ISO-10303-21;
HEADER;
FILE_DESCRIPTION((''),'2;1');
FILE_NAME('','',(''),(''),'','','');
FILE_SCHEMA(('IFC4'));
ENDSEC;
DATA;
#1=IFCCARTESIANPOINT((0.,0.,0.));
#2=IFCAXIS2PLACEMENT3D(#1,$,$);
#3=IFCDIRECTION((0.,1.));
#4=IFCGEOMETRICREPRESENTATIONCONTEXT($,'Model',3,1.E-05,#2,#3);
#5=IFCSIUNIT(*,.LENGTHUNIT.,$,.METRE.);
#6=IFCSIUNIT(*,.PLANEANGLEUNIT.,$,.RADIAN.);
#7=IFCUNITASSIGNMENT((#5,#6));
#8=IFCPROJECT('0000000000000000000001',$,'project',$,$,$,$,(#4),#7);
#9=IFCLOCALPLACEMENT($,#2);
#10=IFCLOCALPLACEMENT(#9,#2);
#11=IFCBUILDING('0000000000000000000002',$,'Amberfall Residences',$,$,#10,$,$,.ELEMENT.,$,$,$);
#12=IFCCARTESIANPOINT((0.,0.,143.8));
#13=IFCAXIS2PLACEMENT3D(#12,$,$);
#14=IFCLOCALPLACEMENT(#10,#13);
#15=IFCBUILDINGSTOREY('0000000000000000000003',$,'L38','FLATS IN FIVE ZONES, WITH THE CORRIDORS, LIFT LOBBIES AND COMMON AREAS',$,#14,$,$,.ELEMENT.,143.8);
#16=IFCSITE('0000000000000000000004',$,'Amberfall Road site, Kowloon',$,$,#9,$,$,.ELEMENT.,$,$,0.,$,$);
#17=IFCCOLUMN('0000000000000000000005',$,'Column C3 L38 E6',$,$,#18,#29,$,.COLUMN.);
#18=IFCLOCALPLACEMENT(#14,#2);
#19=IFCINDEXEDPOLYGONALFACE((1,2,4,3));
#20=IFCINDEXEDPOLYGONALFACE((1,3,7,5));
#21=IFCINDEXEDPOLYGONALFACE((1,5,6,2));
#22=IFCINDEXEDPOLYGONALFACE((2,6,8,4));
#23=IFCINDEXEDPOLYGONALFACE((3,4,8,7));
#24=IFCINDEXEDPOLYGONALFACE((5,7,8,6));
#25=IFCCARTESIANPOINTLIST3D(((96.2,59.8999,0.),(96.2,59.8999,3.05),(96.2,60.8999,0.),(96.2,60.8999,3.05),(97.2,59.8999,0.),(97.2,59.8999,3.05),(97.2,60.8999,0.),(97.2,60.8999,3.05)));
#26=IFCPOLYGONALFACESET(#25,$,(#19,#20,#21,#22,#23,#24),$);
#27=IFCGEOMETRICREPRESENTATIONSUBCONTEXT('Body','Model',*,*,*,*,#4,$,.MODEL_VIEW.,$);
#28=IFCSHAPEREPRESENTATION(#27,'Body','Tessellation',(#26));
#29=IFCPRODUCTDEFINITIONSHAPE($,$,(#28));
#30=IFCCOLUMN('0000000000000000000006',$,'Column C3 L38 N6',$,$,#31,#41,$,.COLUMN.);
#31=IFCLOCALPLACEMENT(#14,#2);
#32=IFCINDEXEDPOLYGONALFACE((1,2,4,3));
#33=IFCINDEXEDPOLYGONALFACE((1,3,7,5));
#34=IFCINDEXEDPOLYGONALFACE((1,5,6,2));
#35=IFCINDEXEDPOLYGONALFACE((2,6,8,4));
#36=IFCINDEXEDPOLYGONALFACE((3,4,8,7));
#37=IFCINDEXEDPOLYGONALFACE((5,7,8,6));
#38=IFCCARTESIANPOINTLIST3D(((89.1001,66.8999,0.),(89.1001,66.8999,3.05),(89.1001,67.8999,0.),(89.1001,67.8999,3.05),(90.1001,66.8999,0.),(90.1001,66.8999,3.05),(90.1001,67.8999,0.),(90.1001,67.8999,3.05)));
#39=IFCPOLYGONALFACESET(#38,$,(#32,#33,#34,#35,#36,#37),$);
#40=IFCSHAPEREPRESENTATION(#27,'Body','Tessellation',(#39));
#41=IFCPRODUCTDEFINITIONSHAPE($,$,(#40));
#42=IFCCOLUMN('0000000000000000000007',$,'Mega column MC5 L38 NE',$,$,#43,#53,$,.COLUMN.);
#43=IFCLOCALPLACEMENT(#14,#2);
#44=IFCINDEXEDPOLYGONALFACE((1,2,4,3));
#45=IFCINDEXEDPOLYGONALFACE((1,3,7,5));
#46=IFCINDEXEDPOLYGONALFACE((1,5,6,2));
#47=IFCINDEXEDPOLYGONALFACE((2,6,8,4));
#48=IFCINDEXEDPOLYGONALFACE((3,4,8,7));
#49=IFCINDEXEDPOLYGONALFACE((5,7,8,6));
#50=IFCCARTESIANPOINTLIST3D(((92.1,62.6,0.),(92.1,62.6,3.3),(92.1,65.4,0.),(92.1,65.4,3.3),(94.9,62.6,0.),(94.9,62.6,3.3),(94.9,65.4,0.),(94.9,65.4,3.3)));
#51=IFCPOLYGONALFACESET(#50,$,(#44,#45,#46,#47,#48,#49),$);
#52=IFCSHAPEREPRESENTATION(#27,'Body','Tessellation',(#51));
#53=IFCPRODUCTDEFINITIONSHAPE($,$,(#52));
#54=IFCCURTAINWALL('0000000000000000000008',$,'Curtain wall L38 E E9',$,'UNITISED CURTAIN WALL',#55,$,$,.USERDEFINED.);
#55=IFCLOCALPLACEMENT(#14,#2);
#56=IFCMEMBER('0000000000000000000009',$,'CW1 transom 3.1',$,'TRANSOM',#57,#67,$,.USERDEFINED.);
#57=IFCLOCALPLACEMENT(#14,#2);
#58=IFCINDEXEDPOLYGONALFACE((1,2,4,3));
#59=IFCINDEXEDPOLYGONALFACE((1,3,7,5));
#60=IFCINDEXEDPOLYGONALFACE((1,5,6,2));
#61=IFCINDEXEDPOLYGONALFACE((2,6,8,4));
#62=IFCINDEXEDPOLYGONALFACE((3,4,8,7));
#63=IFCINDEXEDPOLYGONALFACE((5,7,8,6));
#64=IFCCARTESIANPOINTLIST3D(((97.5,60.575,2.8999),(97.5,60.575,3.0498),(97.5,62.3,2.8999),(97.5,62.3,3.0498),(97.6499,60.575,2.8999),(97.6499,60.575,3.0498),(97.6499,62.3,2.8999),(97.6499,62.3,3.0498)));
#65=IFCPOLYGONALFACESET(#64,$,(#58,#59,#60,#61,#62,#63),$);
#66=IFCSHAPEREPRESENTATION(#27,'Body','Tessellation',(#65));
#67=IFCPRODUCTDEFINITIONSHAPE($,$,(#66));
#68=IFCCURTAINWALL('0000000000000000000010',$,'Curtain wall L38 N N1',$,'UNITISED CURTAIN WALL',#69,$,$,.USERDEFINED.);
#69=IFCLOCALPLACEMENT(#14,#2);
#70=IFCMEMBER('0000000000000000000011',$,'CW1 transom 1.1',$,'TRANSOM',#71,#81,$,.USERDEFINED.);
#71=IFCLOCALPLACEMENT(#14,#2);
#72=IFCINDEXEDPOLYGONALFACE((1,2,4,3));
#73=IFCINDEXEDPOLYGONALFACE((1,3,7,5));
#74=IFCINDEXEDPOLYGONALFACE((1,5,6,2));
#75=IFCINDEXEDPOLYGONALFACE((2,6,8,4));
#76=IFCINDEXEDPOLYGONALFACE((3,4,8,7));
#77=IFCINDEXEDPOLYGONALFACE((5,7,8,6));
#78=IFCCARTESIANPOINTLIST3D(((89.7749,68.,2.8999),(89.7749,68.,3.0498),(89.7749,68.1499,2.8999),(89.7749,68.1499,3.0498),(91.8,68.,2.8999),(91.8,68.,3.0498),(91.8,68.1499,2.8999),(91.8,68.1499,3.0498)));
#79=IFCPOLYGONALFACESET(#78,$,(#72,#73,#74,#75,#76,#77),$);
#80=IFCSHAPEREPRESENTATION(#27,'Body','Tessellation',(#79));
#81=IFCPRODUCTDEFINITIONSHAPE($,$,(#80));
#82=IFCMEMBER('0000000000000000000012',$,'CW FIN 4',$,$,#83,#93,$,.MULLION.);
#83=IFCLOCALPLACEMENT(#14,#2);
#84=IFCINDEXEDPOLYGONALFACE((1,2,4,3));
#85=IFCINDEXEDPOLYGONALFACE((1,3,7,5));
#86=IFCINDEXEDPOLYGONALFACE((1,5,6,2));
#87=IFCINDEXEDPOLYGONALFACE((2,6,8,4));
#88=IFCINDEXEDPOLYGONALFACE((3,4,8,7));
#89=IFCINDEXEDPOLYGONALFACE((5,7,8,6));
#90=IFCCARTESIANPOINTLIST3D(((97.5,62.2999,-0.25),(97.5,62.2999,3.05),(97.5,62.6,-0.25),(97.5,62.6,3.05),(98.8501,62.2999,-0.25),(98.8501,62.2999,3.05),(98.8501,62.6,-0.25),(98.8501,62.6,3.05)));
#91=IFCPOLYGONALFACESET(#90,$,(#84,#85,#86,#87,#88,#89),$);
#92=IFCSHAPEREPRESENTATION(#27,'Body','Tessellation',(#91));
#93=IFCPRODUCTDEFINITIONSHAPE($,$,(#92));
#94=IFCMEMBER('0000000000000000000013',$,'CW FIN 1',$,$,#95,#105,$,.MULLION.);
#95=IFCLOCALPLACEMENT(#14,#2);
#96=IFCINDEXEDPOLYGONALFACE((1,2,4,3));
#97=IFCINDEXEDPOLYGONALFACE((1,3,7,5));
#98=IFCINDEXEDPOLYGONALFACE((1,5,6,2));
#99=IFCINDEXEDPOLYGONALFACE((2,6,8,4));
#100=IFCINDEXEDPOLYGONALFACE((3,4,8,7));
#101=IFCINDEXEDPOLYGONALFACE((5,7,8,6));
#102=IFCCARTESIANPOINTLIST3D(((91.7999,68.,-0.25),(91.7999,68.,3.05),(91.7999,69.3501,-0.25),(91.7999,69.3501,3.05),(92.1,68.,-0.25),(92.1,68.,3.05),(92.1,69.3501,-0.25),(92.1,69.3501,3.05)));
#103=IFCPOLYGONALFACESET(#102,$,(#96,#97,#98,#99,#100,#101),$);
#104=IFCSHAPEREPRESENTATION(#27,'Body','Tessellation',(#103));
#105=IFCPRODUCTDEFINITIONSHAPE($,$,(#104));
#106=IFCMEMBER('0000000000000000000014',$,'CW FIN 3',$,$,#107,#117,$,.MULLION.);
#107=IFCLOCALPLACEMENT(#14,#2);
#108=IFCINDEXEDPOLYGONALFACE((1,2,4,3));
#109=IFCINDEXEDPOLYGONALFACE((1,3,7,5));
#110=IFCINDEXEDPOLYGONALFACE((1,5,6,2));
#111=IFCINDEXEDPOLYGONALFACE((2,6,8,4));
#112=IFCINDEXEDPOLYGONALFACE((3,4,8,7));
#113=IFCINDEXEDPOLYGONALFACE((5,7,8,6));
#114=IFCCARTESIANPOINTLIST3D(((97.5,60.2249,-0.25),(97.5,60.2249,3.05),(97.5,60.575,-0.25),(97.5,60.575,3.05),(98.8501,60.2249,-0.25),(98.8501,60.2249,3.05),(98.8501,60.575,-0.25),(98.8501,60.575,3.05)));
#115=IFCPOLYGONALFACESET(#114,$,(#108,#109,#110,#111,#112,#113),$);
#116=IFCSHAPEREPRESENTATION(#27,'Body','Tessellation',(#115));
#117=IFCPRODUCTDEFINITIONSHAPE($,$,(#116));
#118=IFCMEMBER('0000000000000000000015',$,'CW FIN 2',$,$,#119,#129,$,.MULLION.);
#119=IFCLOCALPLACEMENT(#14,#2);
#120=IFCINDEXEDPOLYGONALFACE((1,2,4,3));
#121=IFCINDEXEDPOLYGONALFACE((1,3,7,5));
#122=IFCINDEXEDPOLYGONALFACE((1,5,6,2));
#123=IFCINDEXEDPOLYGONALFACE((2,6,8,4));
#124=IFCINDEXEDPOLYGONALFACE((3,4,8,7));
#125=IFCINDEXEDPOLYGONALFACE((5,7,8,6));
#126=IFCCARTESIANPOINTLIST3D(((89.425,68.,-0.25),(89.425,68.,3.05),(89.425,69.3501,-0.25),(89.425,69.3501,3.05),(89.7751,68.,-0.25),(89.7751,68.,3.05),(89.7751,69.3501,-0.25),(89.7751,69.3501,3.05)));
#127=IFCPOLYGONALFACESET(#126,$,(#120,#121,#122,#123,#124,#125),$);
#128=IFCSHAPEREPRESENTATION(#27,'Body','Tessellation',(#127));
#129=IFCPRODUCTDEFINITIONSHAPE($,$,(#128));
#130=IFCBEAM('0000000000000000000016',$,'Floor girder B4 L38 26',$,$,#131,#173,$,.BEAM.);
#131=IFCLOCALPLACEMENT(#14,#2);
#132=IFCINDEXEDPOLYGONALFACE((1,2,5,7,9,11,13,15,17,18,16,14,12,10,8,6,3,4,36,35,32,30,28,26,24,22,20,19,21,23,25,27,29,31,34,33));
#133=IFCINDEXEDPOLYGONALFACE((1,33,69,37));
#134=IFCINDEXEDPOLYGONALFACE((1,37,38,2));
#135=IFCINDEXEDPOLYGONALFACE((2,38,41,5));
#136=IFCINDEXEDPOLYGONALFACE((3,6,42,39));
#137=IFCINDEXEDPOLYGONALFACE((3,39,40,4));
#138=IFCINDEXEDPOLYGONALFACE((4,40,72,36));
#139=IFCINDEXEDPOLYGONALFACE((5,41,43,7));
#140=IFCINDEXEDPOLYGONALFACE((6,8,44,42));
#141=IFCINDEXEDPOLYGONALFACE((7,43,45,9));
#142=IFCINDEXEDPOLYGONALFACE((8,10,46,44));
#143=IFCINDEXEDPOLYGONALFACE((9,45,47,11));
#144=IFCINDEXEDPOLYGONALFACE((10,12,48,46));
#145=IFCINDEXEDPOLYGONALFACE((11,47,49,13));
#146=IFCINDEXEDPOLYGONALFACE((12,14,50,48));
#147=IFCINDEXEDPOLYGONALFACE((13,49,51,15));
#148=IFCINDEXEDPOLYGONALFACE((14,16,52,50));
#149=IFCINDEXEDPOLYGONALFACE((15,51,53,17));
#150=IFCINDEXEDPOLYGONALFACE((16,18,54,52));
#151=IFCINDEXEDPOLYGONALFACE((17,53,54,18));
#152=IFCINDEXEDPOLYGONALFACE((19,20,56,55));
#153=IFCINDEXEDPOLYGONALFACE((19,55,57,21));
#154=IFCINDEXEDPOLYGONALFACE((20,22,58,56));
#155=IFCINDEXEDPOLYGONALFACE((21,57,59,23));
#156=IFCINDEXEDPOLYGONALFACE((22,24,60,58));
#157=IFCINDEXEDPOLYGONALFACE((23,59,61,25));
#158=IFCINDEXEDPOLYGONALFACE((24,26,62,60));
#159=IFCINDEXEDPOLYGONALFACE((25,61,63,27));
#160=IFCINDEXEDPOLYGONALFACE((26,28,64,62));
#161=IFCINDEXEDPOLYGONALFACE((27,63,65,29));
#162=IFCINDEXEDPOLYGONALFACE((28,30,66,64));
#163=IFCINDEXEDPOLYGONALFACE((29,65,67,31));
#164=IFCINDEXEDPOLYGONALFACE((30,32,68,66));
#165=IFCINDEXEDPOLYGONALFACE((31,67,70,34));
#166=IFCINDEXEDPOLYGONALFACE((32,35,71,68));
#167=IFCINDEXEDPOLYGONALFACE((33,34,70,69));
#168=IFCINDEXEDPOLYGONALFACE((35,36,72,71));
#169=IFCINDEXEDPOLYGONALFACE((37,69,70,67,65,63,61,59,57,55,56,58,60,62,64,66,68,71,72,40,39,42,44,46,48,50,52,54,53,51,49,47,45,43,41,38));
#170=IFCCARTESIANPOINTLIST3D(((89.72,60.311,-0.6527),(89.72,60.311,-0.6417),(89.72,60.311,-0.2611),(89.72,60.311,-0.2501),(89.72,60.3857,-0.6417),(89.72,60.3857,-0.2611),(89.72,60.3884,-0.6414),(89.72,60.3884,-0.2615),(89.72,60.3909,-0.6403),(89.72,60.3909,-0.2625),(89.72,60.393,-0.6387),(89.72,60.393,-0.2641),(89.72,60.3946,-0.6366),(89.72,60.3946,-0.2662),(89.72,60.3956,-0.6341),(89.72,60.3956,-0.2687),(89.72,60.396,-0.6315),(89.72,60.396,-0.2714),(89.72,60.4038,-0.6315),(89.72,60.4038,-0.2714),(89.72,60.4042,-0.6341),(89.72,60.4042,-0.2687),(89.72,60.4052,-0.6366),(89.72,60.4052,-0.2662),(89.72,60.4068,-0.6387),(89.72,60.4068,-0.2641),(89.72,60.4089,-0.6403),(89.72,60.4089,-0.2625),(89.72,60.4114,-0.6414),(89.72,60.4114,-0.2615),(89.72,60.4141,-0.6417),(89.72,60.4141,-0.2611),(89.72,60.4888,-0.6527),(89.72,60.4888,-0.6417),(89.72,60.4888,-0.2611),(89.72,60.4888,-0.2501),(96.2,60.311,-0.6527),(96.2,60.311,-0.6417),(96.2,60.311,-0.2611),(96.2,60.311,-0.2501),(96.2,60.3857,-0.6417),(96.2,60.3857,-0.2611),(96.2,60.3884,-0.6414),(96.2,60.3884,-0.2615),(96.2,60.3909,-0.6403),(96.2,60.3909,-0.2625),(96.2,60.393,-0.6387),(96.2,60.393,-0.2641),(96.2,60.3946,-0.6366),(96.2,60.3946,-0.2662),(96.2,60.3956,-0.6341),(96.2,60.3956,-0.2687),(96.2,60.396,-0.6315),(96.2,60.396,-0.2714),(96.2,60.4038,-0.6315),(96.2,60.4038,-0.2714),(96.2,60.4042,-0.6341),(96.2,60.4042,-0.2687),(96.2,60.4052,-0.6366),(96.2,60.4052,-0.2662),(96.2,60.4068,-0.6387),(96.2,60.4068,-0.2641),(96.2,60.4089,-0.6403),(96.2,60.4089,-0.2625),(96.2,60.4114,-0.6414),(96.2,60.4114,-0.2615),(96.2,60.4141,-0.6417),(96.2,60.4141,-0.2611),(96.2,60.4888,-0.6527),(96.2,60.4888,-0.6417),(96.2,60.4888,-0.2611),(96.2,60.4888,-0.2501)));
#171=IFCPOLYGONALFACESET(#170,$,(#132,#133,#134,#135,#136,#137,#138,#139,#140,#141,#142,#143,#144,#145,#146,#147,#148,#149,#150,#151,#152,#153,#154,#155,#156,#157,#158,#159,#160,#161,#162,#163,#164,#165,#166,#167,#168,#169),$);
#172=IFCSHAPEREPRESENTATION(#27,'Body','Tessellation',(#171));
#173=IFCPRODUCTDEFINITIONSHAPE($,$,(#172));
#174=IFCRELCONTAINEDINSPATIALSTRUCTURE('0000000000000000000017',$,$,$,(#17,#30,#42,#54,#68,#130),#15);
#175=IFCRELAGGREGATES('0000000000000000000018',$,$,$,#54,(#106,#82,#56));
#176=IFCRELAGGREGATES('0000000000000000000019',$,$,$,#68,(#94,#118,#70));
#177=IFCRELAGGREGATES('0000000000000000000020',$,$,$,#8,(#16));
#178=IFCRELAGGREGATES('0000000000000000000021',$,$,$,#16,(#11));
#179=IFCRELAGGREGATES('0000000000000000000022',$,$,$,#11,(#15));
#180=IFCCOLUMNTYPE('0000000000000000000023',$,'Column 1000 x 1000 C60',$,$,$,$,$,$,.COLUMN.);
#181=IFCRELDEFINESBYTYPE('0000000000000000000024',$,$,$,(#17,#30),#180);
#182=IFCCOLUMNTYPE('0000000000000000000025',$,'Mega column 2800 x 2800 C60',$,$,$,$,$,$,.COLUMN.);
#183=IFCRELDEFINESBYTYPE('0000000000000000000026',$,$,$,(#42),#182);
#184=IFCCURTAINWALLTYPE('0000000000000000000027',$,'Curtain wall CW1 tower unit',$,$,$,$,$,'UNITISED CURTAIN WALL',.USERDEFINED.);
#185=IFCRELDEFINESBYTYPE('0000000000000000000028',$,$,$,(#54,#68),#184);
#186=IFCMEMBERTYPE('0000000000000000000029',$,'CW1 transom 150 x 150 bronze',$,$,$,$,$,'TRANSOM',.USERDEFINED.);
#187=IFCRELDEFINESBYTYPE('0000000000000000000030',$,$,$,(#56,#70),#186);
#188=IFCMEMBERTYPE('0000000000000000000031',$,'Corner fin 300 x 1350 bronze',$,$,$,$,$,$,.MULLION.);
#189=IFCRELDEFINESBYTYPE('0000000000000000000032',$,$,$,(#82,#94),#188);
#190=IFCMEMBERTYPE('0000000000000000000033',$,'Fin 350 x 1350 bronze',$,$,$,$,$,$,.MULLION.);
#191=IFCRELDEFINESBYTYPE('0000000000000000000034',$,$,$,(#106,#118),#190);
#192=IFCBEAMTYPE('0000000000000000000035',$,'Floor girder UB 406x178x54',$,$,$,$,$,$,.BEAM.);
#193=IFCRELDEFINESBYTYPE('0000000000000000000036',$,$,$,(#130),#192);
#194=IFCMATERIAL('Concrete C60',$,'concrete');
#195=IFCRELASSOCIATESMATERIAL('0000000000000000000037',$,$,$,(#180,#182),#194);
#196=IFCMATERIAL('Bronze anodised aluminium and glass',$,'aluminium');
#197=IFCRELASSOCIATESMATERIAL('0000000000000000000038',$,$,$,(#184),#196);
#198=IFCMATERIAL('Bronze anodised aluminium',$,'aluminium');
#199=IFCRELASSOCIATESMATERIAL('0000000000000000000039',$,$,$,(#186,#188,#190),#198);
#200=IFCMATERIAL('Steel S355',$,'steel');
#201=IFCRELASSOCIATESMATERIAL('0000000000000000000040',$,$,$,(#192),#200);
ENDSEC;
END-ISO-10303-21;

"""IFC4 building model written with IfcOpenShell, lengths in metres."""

from ifc_helpers import new_model, si_unit, direction, frame, origin, origin_2d, place, context, subcontext, project, spatial, rectangle, i_section, extrude, material, material_profile, profile_set, type_object, element, aggregate, save


model = new_model("IFC4")

# Units and contexts
model_context = context("Model", 3, precision=1e-05, world=origin(), true_north=direction((0.0, 1.0)))
body_context = subcontext(model_context, "Body", "Model", "MODEL_VIEW")
ifc_project = project(units=[si_unit("LENGTHUNIT", "METRE"), si_unit("PLANEANGLEUNIT", "RADIAN")], contexts=[model_context])

# Site, building, storey
site_placement = place(None, origin())
site = spatial("IfcSite", under=ifc_project, at=site_placement, Name="Amberfall Road site, Kowloon", CompositionType="ELEMENT", RefElevation=0.0)
building_placement = place(site_placement, origin())
building = spatial("IfcBuilding", under=site, at=building_placement, Name="Amberfall Residences", CompositionType="ELEMENT")
storey_placement = place(building_placement, frame((0.0, 0.0, 143.8)))
storey = spatial("IfcBuildingStorey", under=building, at=storey_placement, Name="L38", Description="FLATS IN FIVE ZONES, WITH THE CORRIDORS, LIFT LOBBIES AND COMMON AREAS", CompositionType="ELEMENT", Elevation=143.8)

# Columns
ifc_material_1 = material(Name="Concrete C60", Category="concrete")
ifc_material_profile_1 = material_profile(ifc_material_1, rectangle(XDim=1.0, YDim=1.0, at=origin_2d()), Name="Column 1000 x 1000 C60")
ifc_profile_set_1 = profile_set([ifc_material_profile_1], Name="Concrete C60")
column_type_1 = type_object("IfcColumnType", Name="Column 1000 x 1000 C60", PredefinedType="COLUMN", material=ifc_profile_set_1)
for number, where, z_axis, x_axis, name in (
    (1, (96.7, 60.3999, 0.0), (0.0, 0.0, 1.0), (1.0, 0.0, 0.0), "Column C3 L38 E6"),
    (2, (89.6001, 67.3999, 0.0), (0.0, 0.0, 1.0), (1.0, 0.0, 0.0), "Column C3 L38 N6"),
):
    element("IfcColumn", number, at=place(storey_placement, frame(where, z_axis=z_axis, x_axis=x_axis)), inside=storey, type_object=column_type_1, Name=name, PredefinedType="COLUMN", context=body_context, shape_type="SweptSolid", body=[
        extrude(rectangle(XDim=1.0, YDim=1.0, at=origin_2d()), origin(), (0.0, 0.0, 1.0), 3.05),
    ])
ifc_material_profile_2 = material_profile(ifc_material_1, rectangle(XDim=2.8, YDim=2.8, at=origin_2d()), Name="Mega column 2800 x 2800 C60")
ifc_profile_set_2 = profile_set([ifc_material_profile_2], Name="Concrete C60")
column_type_2 = type_object("IfcColumnType", Name="Mega column 2800 x 2800 C60", PredefinedType="COLUMN", material=ifc_profile_set_2)
column_placement = place(storey_placement, frame((93.5, 64.0, 0.0), z_axis=(0.0, 0.0, 1.0), x_axis=(1.0, 0.0, 0.0)))
element("IfcColumn", 3, at=column_placement, inside=storey, type_object=column_type_2, Name="Mega column MC5 L38 NE", PredefinedType="COLUMN", context=body_context, shape_type="SweptSolid", body=[
    extrude(rectangle(XDim=2.8, YDim=2.8, at=origin_2d()), origin(), (0.0, 0.0, 1.0), 3.3),
])

# Curtain walls, members
ifc_material_2 = material(Name="Bronze anodised aluminium and glass", Category="aluminium")
curtain_wall_type = type_object("IfcCurtainWallType", Name="Curtain wall CW1 tower unit", ElementType="UNITISED CURTAIN WALL", PredefinedType="USERDEFINED", material=ifc_material_2)
curtain_wall_1_placement = place(storey_placement, origin())
curtain_wall_1 = element("IfcCurtainWall", 4, at=curtain_wall_1_placement, inside=storey, type_object=curtain_wall_type, Name="Curtain wall L38 E E9", ObjectType="UNITISED CURTAIN WALL", PredefinedType="USERDEFINED")
ifc_material_3 = material(Name="Bronze anodised aluminium", Category="aluminium")
ifc_material_profile_3 = material_profile(ifc_material_3, rectangle(XDim=0.1499, YDim=0.1499, at=origin_2d()), Name="CW1 transom 150 x 150 bronze")
ifc_profile_set_3 = profile_set([ifc_material_profile_3], Name="Bronze anodised aluminium")
member_type_1 = type_object("IfcMemberType", Name="CW1 transom 150 x 150 bronze", ElementType="TRANSOM", PredefinedType="USERDEFINED", material=ifc_profile_set_3)
member_1_placement = place(storey_placement, frame((97.575, 60.575, 2.9749), z_axis=(0.0, 1.0, 0.0), x_axis=(-1.0, 0.0, 0.0)))
member_1 = element("IfcMember", 5, at=member_1_placement, type_object=member_type_1, Name="CW1 transom 3.1", ObjectType="TRANSOM", PredefinedType="USERDEFINED", context=body_context, shape_type="SweptSolid", body=[
    extrude(rectangle(XDim=0.1499, YDim=0.1499, at=origin_2d()), origin(), (0.0, 0.0, 1.0), 1.7251),
])
curtain_wall_2_placement = place(storey_placement, origin())
curtain_wall_2 = element("IfcCurtainWall", 6, at=curtain_wall_2_placement, inside=storey, type_object=curtain_wall_type, Name="Curtain wall L38 N N1", ObjectType="UNITISED CURTAIN WALL", PredefinedType="USERDEFINED")
member_2_placement = place(storey_placement, frame((91.8, 68.075, 2.9749), z_axis=(-1.0, 0.0, 0.0), x_axis=(0.0, -1.0, 0.0)))
member_2 = element("IfcMember", 7, at=member_2_placement, type_object=member_type_1, Name="CW1 transom 1.1", ObjectType="TRANSOM", PredefinedType="USERDEFINED", context=body_context, shape_type="SweptSolid", body=[
    extrude(rectangle(XDim=0.1499, YDim=0.1499, at=origin_2d()), origin(), (0.0, 0.0, 1.0), 2.0251),
])

# Members
ifc_material_profile_4 = material_profile(ifc_material_3, rectangle(XDim=1.3501, YDim=0.3, at=origin_2d()), Name="Corner fin 300 x 1350 bronze")
ifc_profile_set_4 = profile_set([ifc_material_profile_4], Name="Bronze anodised aluminium")
member_type_2 = type_object("IfcMemberType", Name="Corner fin 300 x 1350 bronze", PredefinedType="MULLION", material=ifc_profile_set_4)
member_3_placement = place(storey_placement, frame((98.175, 62.45, -0.25), z_axis=(0.0, 0.0, 1.0), x_axis=(-1.0, 0.0, 0.0)))
member_3 = element("IfcMember", 8, at=member_3_placement, type_object=member_type_2, Name="CW FIN 4", PredefinedType="MULLION", context=body_context, shape_type="SweptSolid", body=[
    extrude(rectangle(XDim=1.3501, YDim=0.3, at=origin_2d()), origin(), (0.0, 0.0, 1.0), 3.3),
])
member_4_placement = place(storey_placement, frame((91.95, 68.675, -0.25), z_axis=(0.0, 0.0, 1.0), x_axis=(0.0, -1.0, 0.0)))
member_4 = element("IfcMember", 9, at=member_4_placement, type_object=member_type_2, Name="CW FIN 1", PredefinedType="MULLION", context=body_context, shape_type="SweptSolid", body=[
    extrude(rectangle(XDim=1.3501, YDim=0.3, at=origin_2d()), origin(), (0.0, 0.0, 1.0), 3.3),
])
ifc_material_profile_5 = material_profile(ifc_material_3, rectangle(XDim=1.3501, YDim=0.3501, at=origin_2d()), Name="Fin 350 x 1350 bronze")
ifc_profile_set_5 = profile_set([ifc_material_profile_5], Name="Bronze anodised aluminium")
member_type_3 = type_object("IfcMemberType", Name="Fin 350 x 1350 bronze", PredefinedType="MULLION", material=ifc_profile_set_5)
member_5_placement = place(storey_placement, frame((98.175, 60.3999, -0.25), z_axis=(0.0, 0.0, 1.0), x_axis=(-1.0, 0.0, 0.0)))
member_5 = element("IfcMember", 10, at=member_5_placement, type_object=member_type_3, Name="CW FIN 3", PredefinedType="MULLION", context=body_context, shape_type="SweptSolid", body=[
    extrude(rectangle(XDim=1.3501, YDim=0.3501, at=origin_2d()), origin(), (0.0, 0.0, 1.0), 3.3),
])
member_6_placement = place(storey_placement, frame((89.6001, 68.675, -0.25), z_axis=(0.0, 0.0, 1.0), x_axis=(0.0, -1.0, 0.0)))
member_6 = element("IfcMember", 11, at=member_6_placement, type_object=member_type_3, Name="CW FIN 2", PredefinedType="MULLION", context=body_context, shape_type="SweptSolid", body=[
    extrude(rectangle(XDim=1.3501, YDim=0.3501, at=origin_2d()), origin(), (0.0, 0.0, 1.0), 3.3),
])

# Beam
ifc_material_4 = material(Name="Steel S355", Category="steel")
ifc_material_profile_6 = material_profile(ifc_material_4, i_section(OverallWidth=0.1777, OverallDepth=0.4026, WebThickness=0.0078, FlangeThickness=0.011, FilletRadius=0.0103, at=origin_2d()), Name="UB 406x178x54")
ifc_profile_set_6 = profile_set([ifc_material_profile_6], Name="Steel S355")
beam_type_1 = type_object("IfcBeamType", Name="Floor girder UB 406x178x54", PredefinedType="BEAM", material=ifc_profile_set_6)
beam_1_placement = place(storey_placement, frame((96.2, 60.3999, -0.4514), z_axis=(-1.0, 0.0, 0.0), x_axis=(0.0, -1.0, 0.0)))
element("IfcBeam", 12, at=beam_1_placement, inside=storey, type_object=beam_type_1, Name="Floor girder B4 L38 26", PredefinedType="BEAM", context=body_context, shape_type="SweptSolid", body=[
    extrude(i_section(OverallWidth=0.1777, OverallDepth=0.4026, WebThickness=0.0078, FlangeThickness=0.011, FilletRadius=0.0103, at=origin_2d()), origin(), (0.0, 0.0, 1.0), 6.48),
])

aggregate(curtain_wall_1, [member_5, member_3, member_1])
aggregate(curtain_wall_2, [member_4, member_6, member_2])

save(model, "model.ifc")
